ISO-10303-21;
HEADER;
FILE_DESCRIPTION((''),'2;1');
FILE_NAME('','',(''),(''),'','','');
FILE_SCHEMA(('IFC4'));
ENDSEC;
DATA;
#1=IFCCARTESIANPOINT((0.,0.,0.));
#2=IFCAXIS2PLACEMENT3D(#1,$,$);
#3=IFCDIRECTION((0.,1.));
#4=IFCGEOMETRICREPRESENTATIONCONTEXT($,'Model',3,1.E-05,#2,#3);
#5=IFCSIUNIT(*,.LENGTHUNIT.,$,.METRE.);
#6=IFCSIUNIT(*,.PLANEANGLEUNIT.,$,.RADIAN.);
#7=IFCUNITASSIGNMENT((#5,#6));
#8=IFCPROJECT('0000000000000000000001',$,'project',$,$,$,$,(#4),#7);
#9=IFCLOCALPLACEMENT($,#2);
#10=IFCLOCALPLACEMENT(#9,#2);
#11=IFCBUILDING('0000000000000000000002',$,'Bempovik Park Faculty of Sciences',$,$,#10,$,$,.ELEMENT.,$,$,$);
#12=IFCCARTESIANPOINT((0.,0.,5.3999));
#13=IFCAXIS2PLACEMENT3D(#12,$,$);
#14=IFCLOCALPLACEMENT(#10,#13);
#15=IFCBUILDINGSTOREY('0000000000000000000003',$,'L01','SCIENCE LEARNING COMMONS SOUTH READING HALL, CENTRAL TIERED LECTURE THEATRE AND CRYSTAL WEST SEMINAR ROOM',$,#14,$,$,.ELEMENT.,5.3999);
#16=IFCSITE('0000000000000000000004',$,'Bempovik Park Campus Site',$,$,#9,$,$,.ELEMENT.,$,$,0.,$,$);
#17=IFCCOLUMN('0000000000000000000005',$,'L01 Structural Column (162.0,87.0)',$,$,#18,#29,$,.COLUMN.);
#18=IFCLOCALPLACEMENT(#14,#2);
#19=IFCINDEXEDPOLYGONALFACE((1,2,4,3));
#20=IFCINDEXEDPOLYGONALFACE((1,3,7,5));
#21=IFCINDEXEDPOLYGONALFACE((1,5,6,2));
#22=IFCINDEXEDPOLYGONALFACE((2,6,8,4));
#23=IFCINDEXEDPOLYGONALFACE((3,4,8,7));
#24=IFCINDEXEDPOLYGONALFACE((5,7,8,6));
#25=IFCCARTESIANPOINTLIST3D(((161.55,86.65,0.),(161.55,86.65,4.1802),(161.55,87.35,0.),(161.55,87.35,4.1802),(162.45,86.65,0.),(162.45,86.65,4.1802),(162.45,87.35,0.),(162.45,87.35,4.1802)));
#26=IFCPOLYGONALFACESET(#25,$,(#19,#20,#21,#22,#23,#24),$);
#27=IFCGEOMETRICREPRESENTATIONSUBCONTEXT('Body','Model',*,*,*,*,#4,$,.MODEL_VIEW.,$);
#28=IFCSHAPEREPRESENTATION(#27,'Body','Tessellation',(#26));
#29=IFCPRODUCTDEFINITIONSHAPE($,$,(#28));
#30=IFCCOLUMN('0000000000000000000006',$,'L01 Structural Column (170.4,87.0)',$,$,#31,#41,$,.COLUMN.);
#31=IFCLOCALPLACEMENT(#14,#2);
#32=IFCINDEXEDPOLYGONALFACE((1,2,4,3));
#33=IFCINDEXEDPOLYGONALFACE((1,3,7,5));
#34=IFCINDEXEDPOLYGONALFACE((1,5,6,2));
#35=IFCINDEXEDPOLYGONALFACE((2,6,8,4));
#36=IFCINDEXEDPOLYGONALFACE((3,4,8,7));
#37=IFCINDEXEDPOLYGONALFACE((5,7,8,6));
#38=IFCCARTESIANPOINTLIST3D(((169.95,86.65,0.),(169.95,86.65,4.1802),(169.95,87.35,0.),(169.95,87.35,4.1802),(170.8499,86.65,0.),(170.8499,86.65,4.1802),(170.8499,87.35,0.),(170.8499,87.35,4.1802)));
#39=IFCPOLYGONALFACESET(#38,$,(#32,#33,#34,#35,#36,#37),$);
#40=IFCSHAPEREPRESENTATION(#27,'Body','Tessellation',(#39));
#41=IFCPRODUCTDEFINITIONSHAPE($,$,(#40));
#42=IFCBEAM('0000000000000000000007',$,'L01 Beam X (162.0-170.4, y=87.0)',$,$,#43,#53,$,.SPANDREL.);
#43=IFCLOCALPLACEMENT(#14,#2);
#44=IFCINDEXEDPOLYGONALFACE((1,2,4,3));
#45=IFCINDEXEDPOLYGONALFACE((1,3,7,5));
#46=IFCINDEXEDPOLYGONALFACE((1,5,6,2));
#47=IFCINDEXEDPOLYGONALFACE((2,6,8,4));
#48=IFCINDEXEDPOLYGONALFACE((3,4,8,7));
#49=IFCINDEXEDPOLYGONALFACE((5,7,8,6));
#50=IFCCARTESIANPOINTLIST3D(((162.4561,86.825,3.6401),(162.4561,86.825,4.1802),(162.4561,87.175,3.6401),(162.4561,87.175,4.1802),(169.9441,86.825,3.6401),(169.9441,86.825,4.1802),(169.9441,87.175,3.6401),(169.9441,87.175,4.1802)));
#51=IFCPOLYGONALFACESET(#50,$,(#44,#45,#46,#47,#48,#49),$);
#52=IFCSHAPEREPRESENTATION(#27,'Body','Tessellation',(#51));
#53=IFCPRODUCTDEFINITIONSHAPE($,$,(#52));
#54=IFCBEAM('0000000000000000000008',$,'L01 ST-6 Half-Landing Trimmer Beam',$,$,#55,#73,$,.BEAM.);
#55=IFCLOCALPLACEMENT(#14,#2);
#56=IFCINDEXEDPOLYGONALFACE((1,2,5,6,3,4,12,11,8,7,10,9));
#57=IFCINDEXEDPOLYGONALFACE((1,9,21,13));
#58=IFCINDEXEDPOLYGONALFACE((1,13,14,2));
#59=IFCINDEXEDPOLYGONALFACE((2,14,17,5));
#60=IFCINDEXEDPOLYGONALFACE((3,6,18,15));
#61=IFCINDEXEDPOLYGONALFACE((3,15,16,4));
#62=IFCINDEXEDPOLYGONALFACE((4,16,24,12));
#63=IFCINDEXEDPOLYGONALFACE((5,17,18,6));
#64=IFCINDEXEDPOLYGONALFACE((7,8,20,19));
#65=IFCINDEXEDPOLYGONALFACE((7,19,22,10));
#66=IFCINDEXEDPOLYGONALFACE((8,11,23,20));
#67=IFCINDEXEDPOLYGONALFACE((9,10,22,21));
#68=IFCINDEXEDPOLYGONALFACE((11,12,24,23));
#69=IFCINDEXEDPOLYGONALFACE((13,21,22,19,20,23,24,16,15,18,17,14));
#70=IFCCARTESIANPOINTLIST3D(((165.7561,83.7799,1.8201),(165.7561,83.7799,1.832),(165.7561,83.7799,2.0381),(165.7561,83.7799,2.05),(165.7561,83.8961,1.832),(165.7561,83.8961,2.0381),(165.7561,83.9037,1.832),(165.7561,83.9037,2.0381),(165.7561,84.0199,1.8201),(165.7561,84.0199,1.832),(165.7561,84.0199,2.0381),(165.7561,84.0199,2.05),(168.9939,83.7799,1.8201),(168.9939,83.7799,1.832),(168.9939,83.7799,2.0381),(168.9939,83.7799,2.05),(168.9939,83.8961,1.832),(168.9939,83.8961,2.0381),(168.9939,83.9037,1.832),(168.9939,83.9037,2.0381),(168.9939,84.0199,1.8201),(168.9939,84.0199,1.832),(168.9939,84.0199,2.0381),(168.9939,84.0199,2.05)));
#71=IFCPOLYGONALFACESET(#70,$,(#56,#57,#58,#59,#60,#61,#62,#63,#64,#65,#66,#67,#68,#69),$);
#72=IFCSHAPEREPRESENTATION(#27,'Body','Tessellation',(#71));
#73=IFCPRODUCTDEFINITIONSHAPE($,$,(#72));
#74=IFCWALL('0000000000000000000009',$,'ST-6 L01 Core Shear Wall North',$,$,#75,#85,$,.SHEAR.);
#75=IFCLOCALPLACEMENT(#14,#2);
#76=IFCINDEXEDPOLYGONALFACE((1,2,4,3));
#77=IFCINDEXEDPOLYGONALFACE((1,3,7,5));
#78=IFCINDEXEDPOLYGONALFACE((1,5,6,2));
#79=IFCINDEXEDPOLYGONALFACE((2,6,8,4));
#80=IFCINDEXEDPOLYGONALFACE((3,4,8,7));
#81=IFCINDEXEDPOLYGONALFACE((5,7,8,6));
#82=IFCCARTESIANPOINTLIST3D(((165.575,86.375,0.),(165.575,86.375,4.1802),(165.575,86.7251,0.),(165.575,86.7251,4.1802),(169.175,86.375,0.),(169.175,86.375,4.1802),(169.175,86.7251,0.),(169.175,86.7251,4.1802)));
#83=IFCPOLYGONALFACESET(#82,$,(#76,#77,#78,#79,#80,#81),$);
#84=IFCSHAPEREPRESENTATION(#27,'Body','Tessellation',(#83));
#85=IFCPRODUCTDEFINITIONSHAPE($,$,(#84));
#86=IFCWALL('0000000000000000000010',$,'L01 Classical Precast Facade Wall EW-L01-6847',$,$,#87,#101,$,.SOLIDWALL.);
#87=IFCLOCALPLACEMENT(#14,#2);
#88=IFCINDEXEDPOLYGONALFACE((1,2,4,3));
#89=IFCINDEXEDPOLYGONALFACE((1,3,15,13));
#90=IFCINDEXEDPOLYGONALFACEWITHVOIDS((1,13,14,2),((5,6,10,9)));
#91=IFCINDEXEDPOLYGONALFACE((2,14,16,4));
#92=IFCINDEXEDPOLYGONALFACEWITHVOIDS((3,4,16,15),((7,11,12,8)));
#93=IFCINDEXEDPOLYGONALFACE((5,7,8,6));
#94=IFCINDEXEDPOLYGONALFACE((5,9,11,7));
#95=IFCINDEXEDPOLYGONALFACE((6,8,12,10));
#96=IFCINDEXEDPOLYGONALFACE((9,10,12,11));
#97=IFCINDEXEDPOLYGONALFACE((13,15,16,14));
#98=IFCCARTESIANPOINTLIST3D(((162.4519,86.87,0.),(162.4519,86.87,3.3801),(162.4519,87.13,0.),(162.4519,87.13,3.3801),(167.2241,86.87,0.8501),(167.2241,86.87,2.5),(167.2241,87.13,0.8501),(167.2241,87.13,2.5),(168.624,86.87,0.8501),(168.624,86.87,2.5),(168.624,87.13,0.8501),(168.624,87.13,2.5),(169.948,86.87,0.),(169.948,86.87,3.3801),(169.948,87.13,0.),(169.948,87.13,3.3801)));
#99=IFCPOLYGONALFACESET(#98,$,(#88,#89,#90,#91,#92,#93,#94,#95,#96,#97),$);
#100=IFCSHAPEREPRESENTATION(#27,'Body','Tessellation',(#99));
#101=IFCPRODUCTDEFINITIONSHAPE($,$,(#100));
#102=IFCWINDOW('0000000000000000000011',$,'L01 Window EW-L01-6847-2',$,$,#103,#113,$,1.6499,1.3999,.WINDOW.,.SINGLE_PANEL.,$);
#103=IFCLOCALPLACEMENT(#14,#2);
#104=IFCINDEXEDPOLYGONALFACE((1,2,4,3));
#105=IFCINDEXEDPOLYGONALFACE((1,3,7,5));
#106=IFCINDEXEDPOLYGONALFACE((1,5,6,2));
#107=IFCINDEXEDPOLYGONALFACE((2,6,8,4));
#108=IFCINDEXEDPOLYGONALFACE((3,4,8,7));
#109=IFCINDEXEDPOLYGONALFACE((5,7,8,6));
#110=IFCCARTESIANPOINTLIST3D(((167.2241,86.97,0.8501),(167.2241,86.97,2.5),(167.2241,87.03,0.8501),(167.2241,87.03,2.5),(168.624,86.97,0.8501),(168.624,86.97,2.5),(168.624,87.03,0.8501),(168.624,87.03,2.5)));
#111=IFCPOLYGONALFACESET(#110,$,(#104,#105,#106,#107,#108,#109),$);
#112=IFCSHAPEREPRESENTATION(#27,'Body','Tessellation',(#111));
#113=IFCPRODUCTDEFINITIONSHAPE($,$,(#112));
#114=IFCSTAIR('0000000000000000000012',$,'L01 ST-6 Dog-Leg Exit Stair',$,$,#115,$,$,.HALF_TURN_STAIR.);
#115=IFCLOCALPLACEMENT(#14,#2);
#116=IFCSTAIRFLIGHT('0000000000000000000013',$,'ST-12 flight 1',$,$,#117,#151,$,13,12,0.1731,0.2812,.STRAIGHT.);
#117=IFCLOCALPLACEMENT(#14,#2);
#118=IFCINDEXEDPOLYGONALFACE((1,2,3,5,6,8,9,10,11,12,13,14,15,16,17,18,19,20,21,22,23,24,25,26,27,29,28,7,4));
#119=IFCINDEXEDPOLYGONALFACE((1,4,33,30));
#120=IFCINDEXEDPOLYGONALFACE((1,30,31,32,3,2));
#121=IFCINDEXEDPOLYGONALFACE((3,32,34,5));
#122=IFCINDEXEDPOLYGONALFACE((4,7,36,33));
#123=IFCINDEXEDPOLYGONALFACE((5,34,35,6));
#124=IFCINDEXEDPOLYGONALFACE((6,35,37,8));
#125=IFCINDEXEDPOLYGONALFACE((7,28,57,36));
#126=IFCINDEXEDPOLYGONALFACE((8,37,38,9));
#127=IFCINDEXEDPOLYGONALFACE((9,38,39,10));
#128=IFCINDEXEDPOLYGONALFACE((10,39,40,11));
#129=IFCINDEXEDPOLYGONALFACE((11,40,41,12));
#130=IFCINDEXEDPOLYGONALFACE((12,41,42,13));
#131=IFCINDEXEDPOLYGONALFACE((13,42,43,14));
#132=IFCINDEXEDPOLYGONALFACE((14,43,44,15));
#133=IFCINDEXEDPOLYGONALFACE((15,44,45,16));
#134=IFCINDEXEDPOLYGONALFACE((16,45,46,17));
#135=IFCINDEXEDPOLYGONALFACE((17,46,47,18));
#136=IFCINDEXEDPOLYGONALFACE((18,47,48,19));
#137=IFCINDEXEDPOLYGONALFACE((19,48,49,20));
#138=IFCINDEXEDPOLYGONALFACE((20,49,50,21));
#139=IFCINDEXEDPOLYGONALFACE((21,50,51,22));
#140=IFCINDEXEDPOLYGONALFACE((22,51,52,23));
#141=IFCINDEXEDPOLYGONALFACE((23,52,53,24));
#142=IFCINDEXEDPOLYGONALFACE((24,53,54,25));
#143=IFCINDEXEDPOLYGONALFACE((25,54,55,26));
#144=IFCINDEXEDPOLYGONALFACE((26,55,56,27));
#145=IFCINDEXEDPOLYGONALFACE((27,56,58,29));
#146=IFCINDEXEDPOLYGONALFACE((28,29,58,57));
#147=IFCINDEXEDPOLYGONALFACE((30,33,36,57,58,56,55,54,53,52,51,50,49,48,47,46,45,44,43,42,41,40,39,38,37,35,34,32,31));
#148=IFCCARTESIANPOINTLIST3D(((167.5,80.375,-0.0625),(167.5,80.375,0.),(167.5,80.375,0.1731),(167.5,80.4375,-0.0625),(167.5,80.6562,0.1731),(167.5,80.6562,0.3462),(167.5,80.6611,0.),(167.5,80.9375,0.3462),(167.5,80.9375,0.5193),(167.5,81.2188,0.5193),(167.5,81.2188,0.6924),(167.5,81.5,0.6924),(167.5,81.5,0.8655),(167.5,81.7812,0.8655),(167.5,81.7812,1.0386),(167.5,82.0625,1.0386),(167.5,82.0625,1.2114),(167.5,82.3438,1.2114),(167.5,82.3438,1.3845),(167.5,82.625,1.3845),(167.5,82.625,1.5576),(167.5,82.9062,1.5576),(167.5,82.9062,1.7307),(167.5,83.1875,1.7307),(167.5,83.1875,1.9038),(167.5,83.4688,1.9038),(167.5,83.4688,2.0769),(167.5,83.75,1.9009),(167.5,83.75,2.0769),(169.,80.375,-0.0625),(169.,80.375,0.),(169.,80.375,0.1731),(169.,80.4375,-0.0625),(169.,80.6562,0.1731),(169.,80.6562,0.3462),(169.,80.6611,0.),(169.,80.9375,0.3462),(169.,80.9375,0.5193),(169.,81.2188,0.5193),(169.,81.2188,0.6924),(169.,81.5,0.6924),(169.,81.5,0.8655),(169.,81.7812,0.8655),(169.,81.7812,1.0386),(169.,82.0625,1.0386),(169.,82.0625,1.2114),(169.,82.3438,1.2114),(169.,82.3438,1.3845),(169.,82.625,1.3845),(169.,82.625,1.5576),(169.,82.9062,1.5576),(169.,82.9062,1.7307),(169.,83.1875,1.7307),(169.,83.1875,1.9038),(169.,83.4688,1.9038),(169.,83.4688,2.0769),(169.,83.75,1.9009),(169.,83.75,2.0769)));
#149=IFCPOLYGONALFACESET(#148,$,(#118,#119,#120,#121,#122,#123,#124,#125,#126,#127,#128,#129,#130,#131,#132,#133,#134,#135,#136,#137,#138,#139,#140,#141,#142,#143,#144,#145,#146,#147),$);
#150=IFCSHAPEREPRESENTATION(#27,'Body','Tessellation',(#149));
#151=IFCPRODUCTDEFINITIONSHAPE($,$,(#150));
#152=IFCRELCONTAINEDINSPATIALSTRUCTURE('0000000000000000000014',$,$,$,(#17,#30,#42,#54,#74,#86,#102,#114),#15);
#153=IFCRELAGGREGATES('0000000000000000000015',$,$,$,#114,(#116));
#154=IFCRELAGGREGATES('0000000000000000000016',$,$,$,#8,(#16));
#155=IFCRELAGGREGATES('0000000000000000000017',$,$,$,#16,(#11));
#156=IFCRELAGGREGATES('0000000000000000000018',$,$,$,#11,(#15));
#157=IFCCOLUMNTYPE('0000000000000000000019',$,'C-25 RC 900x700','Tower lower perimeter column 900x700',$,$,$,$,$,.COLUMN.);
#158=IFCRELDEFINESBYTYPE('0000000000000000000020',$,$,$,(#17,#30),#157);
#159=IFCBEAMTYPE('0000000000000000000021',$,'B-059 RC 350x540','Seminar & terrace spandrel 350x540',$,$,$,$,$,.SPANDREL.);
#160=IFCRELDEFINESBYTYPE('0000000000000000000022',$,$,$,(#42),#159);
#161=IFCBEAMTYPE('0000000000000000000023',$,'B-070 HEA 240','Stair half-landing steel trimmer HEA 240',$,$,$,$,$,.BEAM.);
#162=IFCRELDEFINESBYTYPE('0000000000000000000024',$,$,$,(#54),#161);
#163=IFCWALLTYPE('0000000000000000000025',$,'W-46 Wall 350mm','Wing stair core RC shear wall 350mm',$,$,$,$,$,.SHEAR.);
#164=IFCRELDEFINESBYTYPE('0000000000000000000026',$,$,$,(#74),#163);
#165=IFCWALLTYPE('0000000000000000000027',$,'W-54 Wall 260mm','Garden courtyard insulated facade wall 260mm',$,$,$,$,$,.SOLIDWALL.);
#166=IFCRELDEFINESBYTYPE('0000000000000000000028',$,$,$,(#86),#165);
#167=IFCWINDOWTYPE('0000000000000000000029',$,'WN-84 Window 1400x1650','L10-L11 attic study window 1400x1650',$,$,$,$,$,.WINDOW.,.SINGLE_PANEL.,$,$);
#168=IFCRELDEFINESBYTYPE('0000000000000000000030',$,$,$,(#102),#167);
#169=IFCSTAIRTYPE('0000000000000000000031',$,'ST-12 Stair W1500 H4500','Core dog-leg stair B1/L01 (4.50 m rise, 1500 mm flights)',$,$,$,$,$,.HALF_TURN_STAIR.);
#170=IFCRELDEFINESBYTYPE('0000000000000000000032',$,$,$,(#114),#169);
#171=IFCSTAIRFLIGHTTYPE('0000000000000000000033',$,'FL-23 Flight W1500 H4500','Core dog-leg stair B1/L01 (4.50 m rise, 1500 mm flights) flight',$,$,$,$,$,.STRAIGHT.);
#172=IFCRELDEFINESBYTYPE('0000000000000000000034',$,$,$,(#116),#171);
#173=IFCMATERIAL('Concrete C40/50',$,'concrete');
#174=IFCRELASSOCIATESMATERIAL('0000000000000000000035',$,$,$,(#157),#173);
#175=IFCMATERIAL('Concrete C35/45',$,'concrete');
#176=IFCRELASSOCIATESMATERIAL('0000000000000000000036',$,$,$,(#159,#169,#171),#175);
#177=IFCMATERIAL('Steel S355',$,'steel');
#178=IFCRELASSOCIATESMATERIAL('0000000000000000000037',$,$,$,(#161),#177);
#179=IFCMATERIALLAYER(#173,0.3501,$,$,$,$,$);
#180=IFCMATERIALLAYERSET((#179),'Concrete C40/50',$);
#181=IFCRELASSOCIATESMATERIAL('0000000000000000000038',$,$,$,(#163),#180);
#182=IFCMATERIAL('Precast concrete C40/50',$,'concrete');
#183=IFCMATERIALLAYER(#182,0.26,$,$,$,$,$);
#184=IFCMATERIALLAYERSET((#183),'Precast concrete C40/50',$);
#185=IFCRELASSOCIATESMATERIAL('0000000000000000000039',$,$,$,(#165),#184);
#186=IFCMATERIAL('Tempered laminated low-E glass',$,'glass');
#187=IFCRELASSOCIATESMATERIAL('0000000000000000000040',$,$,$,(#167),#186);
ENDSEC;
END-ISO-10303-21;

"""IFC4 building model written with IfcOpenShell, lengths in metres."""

from ifc_helpers import new_model, si_unit, direction, frame, frame_2d, origin, origin_2d, place, context, subcontext, project, spatial, polyline, rectangle, i_section, outline, extrude, material, layer, layer_set, material_profile, profile_set, type_object, element, fill, aggregate, save


model = new_model("IFC4")

# Units and contexts
model_context = context("Model", 3, precision=1e-05, world=origin(), true_north=direction((0.0, 1.0)))
body_context = subcontext(model_context, "Body", "Model", "MODEL_VIEW")
ifc_project = project(units=[si_unit("LENGTHUNIT", "METRE"), si_unit("PLANEANGLEUNIT", "RADIAN")], contexts=[model_context])

# Site, building, storey
site_placement = place(None, origin())
site = spatial("IfcSite", under=ifc_project, at=site_placement, Name="Bempovik Park Campus Site", CompositionType="ELEMENT", RefElevation=0.0)
building_placement = place(site_placement, origin())
building = spatial("IfcBuilding", under=site, at=building_placement, Name="Bempovik Park Faculty of Sciences", CompositionType="ELEMENT")
storey_placement = place(building_placement, frame((0.0, 0.0, 5.3999)))
storey = spatial("IfcBuildingStorey", under=building, at=storey_placement, Name="L01", Description="SCIENCE LEARNING COMMONS SOUTH READING HALL, CENTRAL TIERED LECTURE THEATRE AND CRYSTAL WEST SEMINAR ROOM", CompositionType="ELEMENT", Elevation=5.3999)

# Columns
ifc_material_1 = material(Name="Concrete C40/50", Category="concrete")
ifc_material_profile_1 = material_profile(ifc_material_1, rectangle(XDim=0.8999, YDim=0.7, at=origin_2d()), Name="RC 900x700")
ifc_profile_set_1 = profile_set([ifc_material_profile_1], Name="Concrete C40/50")
column_type = type_object("IfcColumnType", Name="C-25 RC 900x700", Description="Tower lower perimeter column 900x700", PredefinedType="COLUMN", material=ifc_profile_set_1)
for number, where, z_axis, x_axis, name in (
    (1, (162.0, 87.0, 0.0), (0.0, 0.0, 1.0), (1.0, 0.0, 0.0), "L01 Structural Column (162.0,87.0)"),
    (2, (170.3999, 87.0, 0.0), (0.0, 0.0, 1.0), (1.0, 0.0, 0.0), "L01 Structural Column (170.4,87.0)"),
):
    element("IfcColumn", number, at=place(storey_placement, frame(where, z_axis=z_axis, x_axis=x_axis)), inside=storey, type_object=column_type, Name=name, PredefinedType="COLUMN", context=body_context, shape_type="SweptSolid", body=[
        extrude(rectangle(XDim=0.8999, YDim=0.7, at=origin_2d()), origin(), (0.0, 0.0, 1.0), 4.1802),
    ])

# Beams
ifc_material_2 = material(Name="Concrete C35/45", Category="concrete")
ifc_material_profile_2 = material_profile(ifc_material_2, rectangle(XDim=0.3501, YDim=0.54, at=origin_2d()), Name="RC 350x540")
ifc_profile_set_2 = profile_set([ifc_material_profile_2], Name="Concrete C35/45")
beam_type_1 = type_object("IfcBeamType", Name="B-059 RC 350x540", Description="Seminar & terrace spandrel 350x540", PredefinedType="SPANDREL", material=ifc_profile_set_2)
beam_1_placement = place(storey_placement, frame((162.4561, 87.0, 3.9102), z_axis=(1.0, 0.0, 0.0), x_axis=(0.0, 1.0, 0.0)))
element("IfcBeam", 3, at=beam_1_placement, inside=storey, type_object=beam_type_1, Name="L01 Beam X (162.0-170.4, y=87.0)", PredefinedType="SPANDREL", context=body_context, shape_type="SweptSolid", body=[
    extrude(rectangle(XDim=0.3501, YDim=0.54, at=origin_2d()), origin(), (0.0, 0.0, 1.0), 7.488),
])
ifc_material_3 = material(Name="Steel S355", Category="steel")
ifc_material_profile_3 = material_profile(ifc_material_3, i_section(OverallWidth=0.24, OverallDepth=0.23, WebThickness=0.0076, FlangeThickness=0.012, at=origin_2d()), Name="HEA 240")
ifc_profile_set_3 = profile_set([ifc_material_profile_3], Name="Steel S355")
beam_type_2 = type_object("IfcBeamType", Name="B-070 HEA 240", Description="Stair half-landing steel trimmer HEA 240", PredefinedType="BEAM", material=ifc_profile_set_3)
beam_2_placement = place(storey_placement, frame((165.7561, 83.8999, 1.9351), z_axis=(1.0, 0.0, 0.0), x_axis=(0.0, 1.0, 0.0)))
element("IfcBeam", 4, at=beam_2_placement, inside=storey, type_object=beam_type_2, Name="L01 ST-6 Half-Landing Trimmer Beam", PredefinedType="BEAM", context=body_context, shape_type="SweptSolid", body=[
    extrude(i_section(OverallWidth=0.24, OverallDepth=0.23, WebThickness=0.0076, FlangeThickness=0.012, at=origin_2d()), origin(), (0.0, 0.0, 1.0), 3.2378),
])

# Wall
ifc_layer_1 = layer(ifc_material_1, 0.3501)
ifc_layer_set_1 = layer_set([ifc_layer_1], Name="Concrete C40/50")
wall_type_1 = type_object("IfcWallType", Name="W-46 Wall 350mm", Description="Wing stair core RC shear wall 350mm", PredefinedType="SHEAR", material=ifc_layer_set_1)
wall_1_placement = place(storey_placement, frame((165.575, 86.55, 0.0), z_axis=(0.0, 0.0, 1.0), x_axis=(1.0, 0.0, 0.0)))
element("IfcWall", 5, at=wall_1_placement, inside=storey, type_object=wall_type_1, Name="ST-6 L01 Core Shear Wall North", PredefinedType="SHEAR", context=body_context, shape_type="SweptSolid", body=[
    extrude(rectangle(XDim=3.6001, YDim=0.3501, at=frame_2d((1.8, 0.0))), origin(), (0.0, 0.0, 1.0), 4.1802),
])

# Wall, opening, window
ifc_material_4 = material(Name="Precast concrete C40/50", Category="concrete")
ifc_layer_2 = layer(ifc_material_4, 0.26)
ifc_layer_set_2 = layer_set([ifc_layer_2], Name="Precast concrete C40/50")
wall_type_2 = type_object("IfcWallType", Name="W-54 Wall 260mm", Description="Garden courtyard insulated facade wall 260mm", PredefinedType="SOLIDWALL", material=ifc_layer_set_2)
wall_2_placement = place(storey_placement, frame((162.4519, 87.0, 0.0), z_axis=(0.0, 0.0, 1.0), x_axis=(1.0, 0.0, 0.0)))
wall_2 = element("IfcWall", 6, at=wall_2_placement, inside=storey, type_object=wall_type_2, Name="L01 Classical Precast Facade Wall EW-L01-6847", PredefinedType="SOLIDWALL", context=body_context, shape_type="SweptSolid", body=[
    extrude(rectangle(XDim=7.4961, YDim=0.26, at=frame_2d((3.748, 0.0))), origin(), (0.0, 0.0, 1.0), 3.3801),
])
opening_placement = place(wall_2_placement, frame((4.7722, 0.0, 0.8501)))
opening = element("IfcOpeningElement", 7, at=opening_placement, cuts=wall_2, PredefinedType="OPENING", context=body_context, shape_type="SweptSolid", body=[
    extrude(rectangle(XDim=1.3999, YDim=1.6499, at=frame_2d((0.7, 0.825))), frame((0.0, 0.1401, 0.0), z_axis=(0.0, -1.0, 0.0), x_axis=(1.0, 0.0, 0.0)), (0.0, 0.0, 1.0), 0.28),
])
ifc_material_5 = material(Name="Tempered laminated low-E glass", Category="glass")
window_type = type_object("IfcWindowType", Name="WN-84 Window 1400x1650", Description="L10-L11 attic study window 1400x1650", PartitioningType="SINGLE_PANEL", PredefinedType="WINDOW", material=ifc_material_5)
window_placement = place(opening_placement, origin())
window = element("IfcWindow", 8, at=window_placement, inside=storey, type_object=window_type, Name="L01 Window EW-L01-6847-2", OverallHeight=1.6499, OverallWidth=1.3999, PartitioningType="SINGLE_PANEL", PredefinedType="WINDOW", context=body_context, shape_type="SweptSolid", body=[
    extrude(rectangle(XDim=1.3999, YDim=1.6499, at=frame_2d((0.7, 0.825))), frame((0.0, 0.03, 0.0), z_axis=(0.0, -1.0, 0.0), x_axis=(1.0, 0.0, 0.0)), (0.0, 0.0, 1.0), 0.0601),
])
fill(opening, window)

# Stair, stair flight
stair_type = type_object("IfcStairType", Name="ST-12 Stair W1500 H4500", Description="Core dog-leg stair B1/L01 (4.50 m rise, 1500 mm flights)", PredefinedType="HALF_TURN_STAIR", material=ifc_material_2)
stair_placement = place(storey_placement, origin())
stair = element("IfcStair", 9, at=stair_placement, inside=storey, type_object=stair_type, Name="L01 ST-6 Dog-Leg Exit Stair", PredefinedType="HALF_TURN_STAIR")
stair_flight_type = type_object("IfcStairFlightType", Name="FL-23 Flight W1500 H4500", Description="Core dog-leg stair B1/L01 (4.50 m rise, 1500 mm flights) flight", PredefinedType="STRAIGHT", material=ifc_material_2)
stair_flight_1_placement = place(storey_placement, frame((168.25, 80.375, 0.0), z_axis=(0.0, 0.0, 1.0), x_axis=(0.0, 1.0, 0.0)))
stair_flight_1 = element("IfcStairFlight", 10, at=stair_flight_1_placement, type_object=stair_flight_type, Name="ST-12 flight 1", NumberOfRisers=13, NumberOfTreads=12, PredefinedType="STRAIGHT", RiserHeight=0.1731, TreadLength=0.2812, context=body_context, shape_type="SweptSolid", body=[
    extrude(outline(polyline([(0.0, 0.0), (0.0, 0.1731), (0.2812, 0.1731), (0.2812, 0.3462), (0.5625, 0.3462), (0.5625, 0.5193), (0.8438, 0.5193), (0.8438, 0.6924), (1.125, 0.6924), (1.125, 0.8655), (1.4062, 0.8655), (1.4062, 1.0386), (1.6875, 1.0386), (1.6875, 1.2114), (1.9688, 1.2114), (1.9688, 1.3845), (2.25, 1.3845), (2.25, 1.5576), (2.5312, 1.5576), (2.5312, 1.7307), (2.8125, 1.7307), (2.8125, 1.9038), (3.0938, 1.9038), (3.0938, 2.0769), (3.375, 2.0769), (3.375, 2.25), (3.375, 1.9009), (0.2861, 0.0), (0.0625, -0.0625), (0.0, -0.0625), (0.0, 0.0)])), frame((0.0, 0.75, 0.0), z_axis=(0.0, -1.0, 0.0), x_axis=(1.0, 0.0, 0.0)), (0.0, 0.0, 1.0), 1.5),
])
aggregate(stair, [stair_flight_1])

save(model, "model.ifc")
